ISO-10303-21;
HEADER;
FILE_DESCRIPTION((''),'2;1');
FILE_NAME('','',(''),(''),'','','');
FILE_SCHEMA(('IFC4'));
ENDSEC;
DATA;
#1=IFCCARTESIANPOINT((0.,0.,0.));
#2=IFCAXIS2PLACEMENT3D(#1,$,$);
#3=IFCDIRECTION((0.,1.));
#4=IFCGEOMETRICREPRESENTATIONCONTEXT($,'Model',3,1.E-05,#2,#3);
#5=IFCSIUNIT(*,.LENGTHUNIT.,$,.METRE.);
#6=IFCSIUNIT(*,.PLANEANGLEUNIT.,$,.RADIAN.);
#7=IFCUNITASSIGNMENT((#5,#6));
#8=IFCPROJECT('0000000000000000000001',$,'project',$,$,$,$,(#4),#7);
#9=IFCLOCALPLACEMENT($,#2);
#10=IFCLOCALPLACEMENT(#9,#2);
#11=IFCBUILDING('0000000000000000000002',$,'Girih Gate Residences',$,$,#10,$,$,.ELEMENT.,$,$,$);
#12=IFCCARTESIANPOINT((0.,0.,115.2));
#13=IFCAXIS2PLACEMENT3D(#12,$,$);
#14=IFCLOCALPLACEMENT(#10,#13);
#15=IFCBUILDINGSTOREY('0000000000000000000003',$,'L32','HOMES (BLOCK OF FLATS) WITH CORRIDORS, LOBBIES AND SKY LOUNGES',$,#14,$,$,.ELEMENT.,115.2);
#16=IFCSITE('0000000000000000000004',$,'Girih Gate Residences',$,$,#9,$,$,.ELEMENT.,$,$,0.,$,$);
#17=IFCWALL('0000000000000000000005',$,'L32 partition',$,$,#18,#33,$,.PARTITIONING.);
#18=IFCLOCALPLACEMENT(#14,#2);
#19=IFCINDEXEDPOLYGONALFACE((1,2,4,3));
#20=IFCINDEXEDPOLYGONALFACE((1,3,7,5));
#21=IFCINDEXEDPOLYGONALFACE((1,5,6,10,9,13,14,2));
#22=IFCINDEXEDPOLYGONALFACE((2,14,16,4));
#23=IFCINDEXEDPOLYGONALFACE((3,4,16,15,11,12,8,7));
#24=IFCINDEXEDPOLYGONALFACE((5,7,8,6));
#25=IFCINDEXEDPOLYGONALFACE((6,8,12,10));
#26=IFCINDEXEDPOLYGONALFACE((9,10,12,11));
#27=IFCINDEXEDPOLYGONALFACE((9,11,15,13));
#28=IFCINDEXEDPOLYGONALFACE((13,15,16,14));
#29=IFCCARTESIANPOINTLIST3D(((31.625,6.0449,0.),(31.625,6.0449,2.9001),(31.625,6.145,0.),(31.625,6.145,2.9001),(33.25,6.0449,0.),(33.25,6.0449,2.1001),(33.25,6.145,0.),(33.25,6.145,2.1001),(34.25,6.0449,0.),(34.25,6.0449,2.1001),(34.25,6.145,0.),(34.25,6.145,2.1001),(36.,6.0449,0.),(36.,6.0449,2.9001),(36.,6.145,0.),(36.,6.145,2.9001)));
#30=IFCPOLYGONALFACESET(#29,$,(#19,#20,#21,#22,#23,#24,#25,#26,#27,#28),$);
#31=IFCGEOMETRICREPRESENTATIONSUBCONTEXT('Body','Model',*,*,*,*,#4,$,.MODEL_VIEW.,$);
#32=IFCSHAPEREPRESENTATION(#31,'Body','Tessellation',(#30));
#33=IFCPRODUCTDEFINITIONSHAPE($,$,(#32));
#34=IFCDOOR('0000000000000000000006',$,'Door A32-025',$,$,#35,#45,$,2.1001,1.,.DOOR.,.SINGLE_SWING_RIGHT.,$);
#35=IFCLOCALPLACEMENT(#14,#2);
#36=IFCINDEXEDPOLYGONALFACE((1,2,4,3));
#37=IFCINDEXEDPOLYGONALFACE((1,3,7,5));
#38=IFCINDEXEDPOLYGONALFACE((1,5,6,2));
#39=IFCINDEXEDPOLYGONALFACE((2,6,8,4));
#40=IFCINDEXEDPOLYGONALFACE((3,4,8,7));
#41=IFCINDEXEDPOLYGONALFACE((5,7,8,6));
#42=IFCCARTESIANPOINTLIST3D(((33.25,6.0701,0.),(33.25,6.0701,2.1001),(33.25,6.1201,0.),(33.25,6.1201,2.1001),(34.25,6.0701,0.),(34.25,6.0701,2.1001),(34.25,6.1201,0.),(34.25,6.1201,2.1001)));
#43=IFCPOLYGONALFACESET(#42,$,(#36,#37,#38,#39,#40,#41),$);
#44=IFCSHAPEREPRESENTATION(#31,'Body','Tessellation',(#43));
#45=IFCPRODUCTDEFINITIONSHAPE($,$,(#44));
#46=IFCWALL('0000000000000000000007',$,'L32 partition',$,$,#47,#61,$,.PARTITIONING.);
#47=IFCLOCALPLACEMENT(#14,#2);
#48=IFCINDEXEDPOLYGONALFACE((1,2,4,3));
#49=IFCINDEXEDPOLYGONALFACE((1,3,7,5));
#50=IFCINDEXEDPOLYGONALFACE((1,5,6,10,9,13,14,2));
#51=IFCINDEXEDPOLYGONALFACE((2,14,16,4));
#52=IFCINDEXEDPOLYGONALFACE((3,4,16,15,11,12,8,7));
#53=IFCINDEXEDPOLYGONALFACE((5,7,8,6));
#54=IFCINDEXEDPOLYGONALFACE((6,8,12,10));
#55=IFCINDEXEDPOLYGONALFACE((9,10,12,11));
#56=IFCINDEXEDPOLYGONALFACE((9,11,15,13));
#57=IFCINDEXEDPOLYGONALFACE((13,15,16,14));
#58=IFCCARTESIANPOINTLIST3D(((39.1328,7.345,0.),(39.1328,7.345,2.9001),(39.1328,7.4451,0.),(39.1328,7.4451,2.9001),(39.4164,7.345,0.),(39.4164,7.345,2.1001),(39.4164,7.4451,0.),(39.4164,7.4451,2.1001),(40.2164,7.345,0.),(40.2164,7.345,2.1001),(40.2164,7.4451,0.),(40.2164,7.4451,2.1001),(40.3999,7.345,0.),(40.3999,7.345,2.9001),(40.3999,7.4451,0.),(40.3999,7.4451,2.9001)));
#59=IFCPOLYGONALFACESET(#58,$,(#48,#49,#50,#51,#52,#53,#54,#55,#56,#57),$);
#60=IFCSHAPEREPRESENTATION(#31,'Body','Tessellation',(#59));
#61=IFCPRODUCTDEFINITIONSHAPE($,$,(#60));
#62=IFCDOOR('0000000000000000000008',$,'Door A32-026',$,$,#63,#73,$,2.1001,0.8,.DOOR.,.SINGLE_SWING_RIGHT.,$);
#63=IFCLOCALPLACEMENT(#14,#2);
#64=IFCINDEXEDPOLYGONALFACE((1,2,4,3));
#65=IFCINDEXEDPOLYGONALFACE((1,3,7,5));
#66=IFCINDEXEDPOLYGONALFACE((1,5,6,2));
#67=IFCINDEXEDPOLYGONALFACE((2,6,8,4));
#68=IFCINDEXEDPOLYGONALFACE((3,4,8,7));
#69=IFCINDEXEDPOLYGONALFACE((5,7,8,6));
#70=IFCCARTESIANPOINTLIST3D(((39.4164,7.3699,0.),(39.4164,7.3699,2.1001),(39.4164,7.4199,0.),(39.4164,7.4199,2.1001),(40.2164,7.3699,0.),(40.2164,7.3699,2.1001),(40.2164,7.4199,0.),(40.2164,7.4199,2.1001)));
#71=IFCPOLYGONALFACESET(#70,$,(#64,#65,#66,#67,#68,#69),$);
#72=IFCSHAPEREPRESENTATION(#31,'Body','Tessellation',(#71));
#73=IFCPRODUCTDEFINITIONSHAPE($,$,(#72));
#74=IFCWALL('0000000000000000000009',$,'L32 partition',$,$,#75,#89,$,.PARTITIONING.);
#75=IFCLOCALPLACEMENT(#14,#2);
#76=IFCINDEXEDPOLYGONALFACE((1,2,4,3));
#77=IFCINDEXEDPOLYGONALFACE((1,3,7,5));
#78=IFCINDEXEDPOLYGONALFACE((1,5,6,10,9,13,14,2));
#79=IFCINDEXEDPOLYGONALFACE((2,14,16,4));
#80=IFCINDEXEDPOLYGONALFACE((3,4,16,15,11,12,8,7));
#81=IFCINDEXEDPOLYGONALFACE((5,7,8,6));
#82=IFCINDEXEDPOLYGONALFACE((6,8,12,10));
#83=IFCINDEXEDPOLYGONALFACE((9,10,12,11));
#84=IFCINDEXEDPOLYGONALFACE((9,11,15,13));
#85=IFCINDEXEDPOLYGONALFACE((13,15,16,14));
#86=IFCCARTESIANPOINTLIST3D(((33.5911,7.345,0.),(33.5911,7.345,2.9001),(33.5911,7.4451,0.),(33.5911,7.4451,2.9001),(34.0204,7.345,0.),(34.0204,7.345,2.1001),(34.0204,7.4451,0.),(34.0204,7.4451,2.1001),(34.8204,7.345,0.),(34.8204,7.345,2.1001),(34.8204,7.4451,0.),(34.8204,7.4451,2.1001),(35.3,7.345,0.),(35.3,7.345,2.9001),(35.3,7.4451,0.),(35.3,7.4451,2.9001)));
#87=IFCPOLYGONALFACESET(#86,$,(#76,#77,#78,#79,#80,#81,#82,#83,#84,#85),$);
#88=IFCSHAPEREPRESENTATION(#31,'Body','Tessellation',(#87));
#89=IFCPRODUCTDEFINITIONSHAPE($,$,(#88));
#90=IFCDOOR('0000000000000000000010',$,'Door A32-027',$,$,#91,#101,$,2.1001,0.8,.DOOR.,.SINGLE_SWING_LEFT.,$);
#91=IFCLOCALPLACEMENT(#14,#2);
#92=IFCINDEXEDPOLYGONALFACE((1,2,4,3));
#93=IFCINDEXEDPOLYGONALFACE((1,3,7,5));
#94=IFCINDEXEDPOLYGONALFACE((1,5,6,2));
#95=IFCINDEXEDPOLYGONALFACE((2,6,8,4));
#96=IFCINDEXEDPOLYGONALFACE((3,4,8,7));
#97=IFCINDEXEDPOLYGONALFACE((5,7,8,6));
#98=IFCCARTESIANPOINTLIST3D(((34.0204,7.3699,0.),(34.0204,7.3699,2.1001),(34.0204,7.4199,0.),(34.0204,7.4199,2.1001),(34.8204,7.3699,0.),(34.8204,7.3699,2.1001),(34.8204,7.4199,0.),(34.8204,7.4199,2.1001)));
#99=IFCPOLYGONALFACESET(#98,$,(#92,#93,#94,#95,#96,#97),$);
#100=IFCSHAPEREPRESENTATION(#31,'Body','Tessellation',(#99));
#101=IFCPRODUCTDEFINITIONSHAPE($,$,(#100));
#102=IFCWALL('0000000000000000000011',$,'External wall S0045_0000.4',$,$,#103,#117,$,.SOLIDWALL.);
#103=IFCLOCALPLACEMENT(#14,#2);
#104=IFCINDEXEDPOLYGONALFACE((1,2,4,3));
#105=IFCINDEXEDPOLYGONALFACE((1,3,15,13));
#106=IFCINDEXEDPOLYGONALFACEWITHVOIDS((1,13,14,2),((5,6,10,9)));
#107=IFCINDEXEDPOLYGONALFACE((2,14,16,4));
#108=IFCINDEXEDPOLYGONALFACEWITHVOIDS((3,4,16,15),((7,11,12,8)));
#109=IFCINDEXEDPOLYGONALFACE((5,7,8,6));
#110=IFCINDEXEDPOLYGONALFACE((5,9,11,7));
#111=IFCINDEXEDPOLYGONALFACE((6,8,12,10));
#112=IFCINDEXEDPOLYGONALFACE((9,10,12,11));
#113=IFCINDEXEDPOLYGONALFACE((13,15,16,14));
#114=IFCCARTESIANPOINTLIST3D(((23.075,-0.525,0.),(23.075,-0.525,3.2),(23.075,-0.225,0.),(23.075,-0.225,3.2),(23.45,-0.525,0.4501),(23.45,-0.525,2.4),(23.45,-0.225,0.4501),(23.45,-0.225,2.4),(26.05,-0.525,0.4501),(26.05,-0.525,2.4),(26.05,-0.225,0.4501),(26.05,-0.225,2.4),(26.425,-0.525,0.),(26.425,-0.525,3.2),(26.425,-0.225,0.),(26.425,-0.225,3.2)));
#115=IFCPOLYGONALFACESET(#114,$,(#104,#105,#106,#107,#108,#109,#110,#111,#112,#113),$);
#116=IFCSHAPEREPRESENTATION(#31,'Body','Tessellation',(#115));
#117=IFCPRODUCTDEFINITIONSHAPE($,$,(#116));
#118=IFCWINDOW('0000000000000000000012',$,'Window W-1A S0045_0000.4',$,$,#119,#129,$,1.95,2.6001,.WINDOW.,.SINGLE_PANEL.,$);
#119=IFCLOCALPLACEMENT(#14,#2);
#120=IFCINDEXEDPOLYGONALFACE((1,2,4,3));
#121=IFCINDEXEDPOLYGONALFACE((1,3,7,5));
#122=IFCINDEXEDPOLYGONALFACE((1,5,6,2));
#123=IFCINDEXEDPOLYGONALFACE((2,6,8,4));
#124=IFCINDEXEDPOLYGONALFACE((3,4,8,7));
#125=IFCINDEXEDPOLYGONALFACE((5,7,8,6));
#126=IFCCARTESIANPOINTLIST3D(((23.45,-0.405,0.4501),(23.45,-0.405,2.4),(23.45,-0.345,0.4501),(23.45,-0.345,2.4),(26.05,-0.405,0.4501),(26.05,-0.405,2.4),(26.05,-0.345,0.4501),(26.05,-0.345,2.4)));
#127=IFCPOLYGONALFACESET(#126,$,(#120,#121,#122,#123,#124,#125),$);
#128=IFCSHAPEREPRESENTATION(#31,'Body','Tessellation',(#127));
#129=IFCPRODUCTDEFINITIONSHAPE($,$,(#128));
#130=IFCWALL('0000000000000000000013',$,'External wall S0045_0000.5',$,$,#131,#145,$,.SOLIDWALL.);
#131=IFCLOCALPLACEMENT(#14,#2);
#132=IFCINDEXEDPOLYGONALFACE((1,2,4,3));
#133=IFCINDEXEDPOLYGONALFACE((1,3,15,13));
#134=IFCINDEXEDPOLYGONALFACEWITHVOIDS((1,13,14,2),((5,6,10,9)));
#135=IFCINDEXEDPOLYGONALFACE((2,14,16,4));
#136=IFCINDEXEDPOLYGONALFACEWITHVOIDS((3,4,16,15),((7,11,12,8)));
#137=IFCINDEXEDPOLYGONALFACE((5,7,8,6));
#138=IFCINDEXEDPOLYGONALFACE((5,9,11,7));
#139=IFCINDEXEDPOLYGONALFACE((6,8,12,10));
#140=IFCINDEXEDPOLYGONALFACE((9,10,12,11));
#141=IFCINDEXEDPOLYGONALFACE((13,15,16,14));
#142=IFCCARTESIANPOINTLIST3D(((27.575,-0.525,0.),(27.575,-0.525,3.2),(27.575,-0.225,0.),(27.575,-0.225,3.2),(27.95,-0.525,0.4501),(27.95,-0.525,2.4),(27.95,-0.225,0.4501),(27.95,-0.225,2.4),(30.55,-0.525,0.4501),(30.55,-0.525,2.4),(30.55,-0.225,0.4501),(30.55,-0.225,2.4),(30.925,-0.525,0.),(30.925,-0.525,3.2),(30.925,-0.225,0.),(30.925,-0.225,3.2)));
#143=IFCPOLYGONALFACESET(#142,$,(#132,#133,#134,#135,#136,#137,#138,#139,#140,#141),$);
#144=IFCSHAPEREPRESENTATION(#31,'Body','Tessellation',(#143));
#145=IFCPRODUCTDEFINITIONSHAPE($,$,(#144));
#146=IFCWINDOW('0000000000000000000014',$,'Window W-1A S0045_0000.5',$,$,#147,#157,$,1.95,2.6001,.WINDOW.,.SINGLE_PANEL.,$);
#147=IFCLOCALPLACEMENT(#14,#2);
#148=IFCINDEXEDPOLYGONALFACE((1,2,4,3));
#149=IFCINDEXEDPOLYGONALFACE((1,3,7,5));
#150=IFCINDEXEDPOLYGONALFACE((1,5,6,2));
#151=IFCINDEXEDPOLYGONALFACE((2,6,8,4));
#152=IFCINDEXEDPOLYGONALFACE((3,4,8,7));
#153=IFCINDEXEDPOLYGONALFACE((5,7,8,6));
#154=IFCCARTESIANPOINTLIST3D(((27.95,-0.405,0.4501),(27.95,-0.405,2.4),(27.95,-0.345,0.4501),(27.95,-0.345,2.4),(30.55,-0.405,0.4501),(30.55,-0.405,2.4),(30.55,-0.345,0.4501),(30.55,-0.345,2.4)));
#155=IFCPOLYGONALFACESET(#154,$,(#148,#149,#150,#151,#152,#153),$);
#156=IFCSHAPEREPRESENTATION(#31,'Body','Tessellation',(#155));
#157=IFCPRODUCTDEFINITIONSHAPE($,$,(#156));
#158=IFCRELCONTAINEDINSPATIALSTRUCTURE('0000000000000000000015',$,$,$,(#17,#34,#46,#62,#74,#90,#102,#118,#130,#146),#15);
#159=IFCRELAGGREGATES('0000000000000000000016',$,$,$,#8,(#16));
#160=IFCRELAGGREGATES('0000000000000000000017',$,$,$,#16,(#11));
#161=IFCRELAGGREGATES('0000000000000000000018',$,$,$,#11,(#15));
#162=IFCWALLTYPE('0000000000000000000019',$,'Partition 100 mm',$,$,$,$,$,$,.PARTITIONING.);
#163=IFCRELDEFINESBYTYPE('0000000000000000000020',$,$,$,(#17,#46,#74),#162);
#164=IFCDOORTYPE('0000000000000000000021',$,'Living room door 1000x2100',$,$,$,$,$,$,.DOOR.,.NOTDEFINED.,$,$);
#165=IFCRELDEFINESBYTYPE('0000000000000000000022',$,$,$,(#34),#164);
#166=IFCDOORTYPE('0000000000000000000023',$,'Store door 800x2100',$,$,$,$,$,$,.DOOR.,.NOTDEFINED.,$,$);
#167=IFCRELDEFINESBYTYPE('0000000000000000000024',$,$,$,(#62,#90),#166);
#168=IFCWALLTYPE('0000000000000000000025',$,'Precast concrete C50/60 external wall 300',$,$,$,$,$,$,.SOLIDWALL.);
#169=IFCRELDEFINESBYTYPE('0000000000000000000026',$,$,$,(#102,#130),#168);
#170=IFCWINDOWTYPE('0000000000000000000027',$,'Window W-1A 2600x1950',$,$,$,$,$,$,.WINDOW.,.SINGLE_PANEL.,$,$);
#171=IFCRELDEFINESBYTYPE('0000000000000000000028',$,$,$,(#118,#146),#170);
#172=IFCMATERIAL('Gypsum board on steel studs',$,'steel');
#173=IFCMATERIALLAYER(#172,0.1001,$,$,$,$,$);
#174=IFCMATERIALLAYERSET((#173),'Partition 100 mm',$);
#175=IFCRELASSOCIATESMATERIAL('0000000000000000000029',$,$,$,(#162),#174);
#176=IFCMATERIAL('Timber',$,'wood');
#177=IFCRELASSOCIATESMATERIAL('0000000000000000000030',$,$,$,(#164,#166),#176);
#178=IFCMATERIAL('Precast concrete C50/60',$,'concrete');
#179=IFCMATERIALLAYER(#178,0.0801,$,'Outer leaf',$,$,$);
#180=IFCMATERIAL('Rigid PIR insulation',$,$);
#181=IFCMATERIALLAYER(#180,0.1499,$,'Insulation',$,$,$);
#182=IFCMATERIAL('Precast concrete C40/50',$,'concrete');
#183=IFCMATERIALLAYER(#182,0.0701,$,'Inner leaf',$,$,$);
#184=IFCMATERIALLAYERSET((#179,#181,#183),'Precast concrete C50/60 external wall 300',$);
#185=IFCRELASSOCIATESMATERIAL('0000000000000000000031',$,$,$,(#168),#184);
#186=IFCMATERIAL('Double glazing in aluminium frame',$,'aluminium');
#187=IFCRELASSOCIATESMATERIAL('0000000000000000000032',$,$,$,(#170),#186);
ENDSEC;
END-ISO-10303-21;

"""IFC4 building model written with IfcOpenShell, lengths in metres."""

from ifc_helpers import new_model, si_unit, direction, frame, frame_2d, origin, place, context, subcontext, project, spatial, rectangle, extrude, material, layer, layer_set, type_object, element, fill, save


model = new_model("IFC4")

# Units and contexts
model_context = context("Model", 3, precision=1e-05, world=origin(), true_north=direction((0.0, 1.0)))
body_context = subcontext(model_context, "Body", "Model", "MODEL_VIEW")
ifc_project = project(units=[si_unit("LENGTHUNIT", "METRE"), si_unit("PLANEANGLEUNIT", "RADIAN")], contexts=[model_context])

# Site, building, storey
site_placement = place(None, origin())
site = spatial("IfcSite", under=ifc_project, at=site_placement, Name="Girih Gate Residences", CompositionType="ELEMENT", RefElevation=0.0)
building_placement = place(site_placement, origin())
building = spatial("IfcBuilding", under=site, at=building_placement, Name="Girih Gate Residences", CompositionType="ELEMENT")
storey_placement = place(building_placement, frame((0.0, 0.0, 115.2)))
storey = spatial("IfcBuildingStorey", under=building, at=storey_placement, Name="L32", Description="HOMES (BLOCK OF FLATS) WITH CORRIDORS, LOBBIES AND SKY LOUNGES", CompositionType="ELEMENT", Elevation=115.2)

# Shared definitions
ifc_material_1 = material(Name="Gypsum board on steel studs", Category="steel")
ifc_layer_1 = layer(ifc_material_1, 0.1001)
ifc_layer_set_1 = layer_set([ifc_layer_1], Name="Partition 100 mm")
wall_type_1 = type_object("IfcWallType", Name="Partition 100 mm", PredefinedType="PARTITIONING", material=ifc_layer_set_1)

# Walls, openings, doors
ifc_material_2 = material(Name="Timber", Category="wood")
wall_1_placement = place(storey_placement, frame((36.0, 6.095, 0.0), z_axis=(0.0, 0.0, 1.0), x_axis=(-1.0, 0.0, 0.0)))
wall_1 = element("IfcWall", 1, at=wall_1_placement, inside=storey, type_object=wall_type_1, Name="L32 partition", PredefinedType="PARTITIONING", context=body_context, shape_type="SweptSolid", body=[
    extrude(rectangle(XDim=4.375, YDim=0.1001, at=frame_2d((2.1875, 0.0))), origin(), (0.0, 0.0, 1.0), 2.9001),
])
opening_1_placement = place(wall_1_placement, frame((1.75, 0.0, 0.0)))
opening_1 = element("IfcOpeningElement", 2, at=opening_1_placement, cuts=wall_1, PredefinedType="OPENING", context=body_context, shape_type="SweptSolid", body=[
    extrude(rectangle(XDim=1.0, YDim=2.1001, at=frame_2d((0.5, 1.05))), frame((0.0, 0.0601, 0.0), z_axis=(0.0, -1.0, 0.0), x_axis=(1.0, 0.0, 0.0)), (0.0, 0.0, 1.0), 0.1201),
])
door_type_1 = type_object("IfcDoorType", Name="Living room door 1000x2100", OperationType="NOTDEFINED", PredefinedType="DOOR", material=ifc_material_2)
door_1_placement = place(opening_1_placement, origin())
door_1 = element("IfcDoor", 3, at=door_1_placement, inside=storey, type_object=door_type_1, Name="Door A32-025", OperationType="SINGLE_SWING_RIGHT", OverallHeight=2.1001, OverallWidth=1.0, PredefinedType="DOOR", context=body_context, shape_type="SweptSolid", body=[
    extrude(rectangle(XDim=1.0, YDim=2.1001, at=frame_2d((0.5, 1.05))), frame((0.0, 0.0249, 0.0), z_axis=(0.0, -1.0, 0.0), x_axis=(1.0, 0.0, 0.0)), (0.0, 0.0, 1.0), 0.05),
])
fill(opening_1, door_1)
wall_2_placement = place(storey_placement, frame((39.1328, 7.395, 0.0), z_axis=(0.0, 0.0, 1.0), x_axis=(1.0, 0.0, 0.0)))
wall_2 = element("IfcWall", 4, at=wall_2_placement, inside=storey, type_object=wall_type_1, Name="L32 partition", PredefinedType="PARTITIONING", context=body_context, shape_type="SweptSolid", body=[
    extrude(rectangle(XDim=1.2671, YDim=0.1001, at=frame_2d((0.6335, 0.0))), origin(), (0.0, 0.0, 1.0), 2.9001),
])
opening_2_placement = place(wall_2_placement, frame((0.2837, 0.0, 0.0)))
opening_2 = element("IfcOpeningElement", 5, at=opening_2_placement, cuts=wall_2, PredefinedType="OPENING", context=body_context, shape_type="SweptSolid", body=[
    extrude(rectangle(XDim=0.8, YDim=2.1001, at=frame_2d((0.3999, 1.05))), frame((0.0, 0.0601, 0.0), z_axis=(0.0, -1.0, 0.0), x_axis=(1.0, 0.0, 0.0)), (0.0, 0.0, 1.0), 0.1201),
])
door_type_2 = type_object("IfcDoorType", Name="Store door 800x2100", OperationType="NOTDEFINED", PredefinedType="DOOR", material=ifc_material_2)
door_2_placement = place(opening_2_placement, origin())
door_2 = element("IfcDoor", 6, at=door_2_placement, inside=storey, type_object=door_type_2, Name="Door A32-026", OperationType="SINGLE_SWING_RIGHT", OverallHeight=2.1001, OverallWidth=0.8, PredefinedType="DOOR", context=body_context, shape_type="SweptSolid", body=[
    extrude(rectangle(XDim=0.8, YDim=2.1001, at=frame_2d((0.3999, 1.05))), frame((0.0, 0.0249, 0.0), z_axis=(0.0, -1.0, 0.0), x_axis=(1.0, 0.0, 0.0)), (0.0, 0.0, 1.0), 0.05),
])
fill(opening_2, door_2)
wall_3_placement = place(storey_placement, frame((33.5911, 7.395, 0.0), z_axis=(0.0, 0.0, 1.0), x_axis=(1.0, 0.0, 0.0)))
wall_3 = element("IfcWall", 7, at=wall_3_placement, inside=storey, type_object=wall_type_1, Name="L32 partition", PredefinedType="PARTITIONING", context=body_context, shape_type="SweptSolid", body=[
    extrude(rectangle(XDim=1.709, YDim=0.1001, at=frame_2d((0.8545, 0.0))), origin(), (0.0, 0.0, 1.0), 2.9001),
])
opening_3_placement = place(wall_3_placement, frame((0.4294, 0.0, 0.0)))
opening_3 = element("IfcOpeningElement", 8, at=opening_3_placement, cuts=wall_3, PredefinedType="OPENING", context=body_context, shape_type="SweptSolid", body=[
    extrude(rectangle(XDim=0.8, YDim=2.1001, at=frame_2d((0.3999, 1.05))), frame((0.0, 0.0601, 0.0), z_axis=(0.0, -1.0, 0.0), x_axis=(1.0, 0.0, 0.0)), (0.0, 0.0, 1.0), 0.1201),
])
door_3_placement = place(opening_3_placement, origin())
door_3 = element("IfcDoor", 9, at=door_3_placement, inside=storey, type_object=door_type_2, Name="Door A32-027", OperationType="SINGLE_SWING_LEFT", OverallHeight=2.1001, OverallWidth=0.8, PredefinedType="DOOR", context=body_context, shape_type="SweptSolid", body=[
    extrude(rectangle(XDim=0.8, YDim=2.1001, at=frame_2d((0.3999, 1.05))), frame((0.0, 0.0249, 0.0), z_axis=(0.0, -1.0, 0.0), x_axis=(1.0, 0.0, 0.0)), (0.0, 0.0, 1.0), 0.05),
])
fill(opening_3, door_3)

# Walls, openings, windows
ifc_material_3 = material(Name="Precast concrete C50/60", Category="concrete")
ifc_layer_2 = layer(ifc_material_3, 0.0801, Name="Outer leaf")
ifc_material_4 = material(Name="Rigid PIR insulation")
ifc_layer_3 = layer(ifc_material_4, 0.1499, Name="Insulation")
ifc_material_5 = material(Name="Precast concrete C40/50", Category="concrete")
ifc_layer_4 = layer(ifc_material_5, 0.0701, Name="Inner leaf")
ifc_layer_set_2 = layer_set([ifc_layer_2, ifc_layer_3, ifc_layer_4], Name="Precast concrete C50/60 external wall 300")
wall_type_2 = type_object("IfcWallType", Name="Precast concrete C50/60 external wall 300", PredefinedType="SOLIDWALL", material=ifc_layer_set_2)
wall_4_placement = place(storey_placement, frame((26.425, -0.375, 0.0), z_axis=(0.0, 0.0, 1.0), x_axis=(-1.0, 0.0, 0.0)))
wall_4 = element("IfcWall", 10, at=wall_4_placement, inside=storey, type_object=wall_type_2, Name="External wall S0045_0000.4", PredefinedType="SOLIDWALL", context=body_context, shape_type="SweptSolid", body=[
    extrude(rectangle(XDim=3.3501, YDim=0.3, at=frame_2d((1.675, 0.0))), origin(), (0.0, 0.0, 1.0), 3.2),
])
opening_4_placement = place(wall_4_placement, frame((0.375, 0.0, 0.45)))
opening_4 = element("IfcOpeningElement", 11, at=opening_4_placement, cuts=wall_4, PredefinedType="OPENING", context=body_context, shape_type="SweptSolid", body=[
    extrude(rectangle(XDim=2.6001, YDim=1.95, at=frame_2d((1.3, 0.9751))), frame((0.0, 0.1599, 0.0), z_axis=(0.0, -1.0, 0.0), x_axis=(1.0, 0.0, 0.0)), (0.0, 0.0, 1.0), 0.3201),
])
ifc_material_6 = material(Name="Double glazing in aluminium frame", Category="aluminium")
window_type = type_object("IfcWindowType", Name="Window W-1A 2600x1950", PartitioningType="SINGLE_PANEL", PredefinedType="WINDOW", material=ifc_material_6)
window_1_placement = place(opening_4_placement, origin())
window_1 = element("IfcWindow", 12, at=window_1_placement, inside=storey, type_object=window_type, Name="Window W-1A S0045_0000.4", OverallHeight=1.95, OverallWidth=2.6001, PartitioningType="SINGLE_PANEL", PredefinedType="WINDOW", context=body_context, shape_type="SweptSolid", body=[
    extrude(rectangle(XDim=2.6001, YDim=1.95, at=frame_2d((1.3, 0.9751))), frame((0.0, 0.03, 0.0), z_axis=(0.0, -1.0, 0.0), x_axis=(1.0, 0.0, 0.0)), (0.0, 0.0, 1.0), 0.0601),
])
fill(opening_4, window_1)
wall_5_placement = place(storey_placement, frame((30.925, -0.375, 0.0), z_axis=(0.0, 0.0, 1.0), x_axis=(-1.0, 0.0, 0.0)))
wall_5 = element("IfcWall", 13, at=wall_5_placement, inside=storey, type_object=wall_type_2, Name="External wall S0045_0000.5", PredefinedType="SOLIDWALL", context=body_context, shape_type="SweptSolid", body=[
    extrude(rectangle(XDim=3.3501, YDim=0.3, at=frame_2d((1.675, 0.0))), origin(), (0.0, 0.0, 1.0), 3.2),
])
opening_5_placement = place(wall_5_placement, frame((0.375, 0.0, 0.45)))
opening_5 = element("IfcOpeningElement", 14, at=opening_5_placement, cuts=wall_5, PredefinedType="OPENING", context=body_context, shape_type="SweptSolid", body=[
    extrude(rectangle(XDim=2.6001, YDim=1.95, at=frame_2d((1.3, 0.9751))), frame((0.0, 0.1599, 0.0), z_axis=(0.0, -1.0, 0.0), x_axis=(1.0, 0.0, 0.0)), (0.0, 0.0, 1.0), 0.3201),
])
window_2_placement = place(opening_5_placement, origin())
window_2 = element("IfcWindow", 15, at=window_2_placement, inside=storey, type_object=window_type, Name="Window W-1A S0045_0000.5", OverallHeight=1.95, OverallWidth=2.6001, PartitioningType="SINGLE_PANEL", PredefinedType="WINDOW", context=body_context, shape_type="SweptSolid", body=[
    extrude(rectangle(XDim=2.6001, YDim=1.95, at=frame_2d((1.3, 0.9751))), frame((0.0, 0.03, 0.0), z_axis=(0.0, -1.0, 0.0), x_axis=(1.0, 0.0, 0.0)), (0.0, 0.0, 1.0), 0.0601),
])
fill(opening_5, window_2)

save(model, "model.ifc")
